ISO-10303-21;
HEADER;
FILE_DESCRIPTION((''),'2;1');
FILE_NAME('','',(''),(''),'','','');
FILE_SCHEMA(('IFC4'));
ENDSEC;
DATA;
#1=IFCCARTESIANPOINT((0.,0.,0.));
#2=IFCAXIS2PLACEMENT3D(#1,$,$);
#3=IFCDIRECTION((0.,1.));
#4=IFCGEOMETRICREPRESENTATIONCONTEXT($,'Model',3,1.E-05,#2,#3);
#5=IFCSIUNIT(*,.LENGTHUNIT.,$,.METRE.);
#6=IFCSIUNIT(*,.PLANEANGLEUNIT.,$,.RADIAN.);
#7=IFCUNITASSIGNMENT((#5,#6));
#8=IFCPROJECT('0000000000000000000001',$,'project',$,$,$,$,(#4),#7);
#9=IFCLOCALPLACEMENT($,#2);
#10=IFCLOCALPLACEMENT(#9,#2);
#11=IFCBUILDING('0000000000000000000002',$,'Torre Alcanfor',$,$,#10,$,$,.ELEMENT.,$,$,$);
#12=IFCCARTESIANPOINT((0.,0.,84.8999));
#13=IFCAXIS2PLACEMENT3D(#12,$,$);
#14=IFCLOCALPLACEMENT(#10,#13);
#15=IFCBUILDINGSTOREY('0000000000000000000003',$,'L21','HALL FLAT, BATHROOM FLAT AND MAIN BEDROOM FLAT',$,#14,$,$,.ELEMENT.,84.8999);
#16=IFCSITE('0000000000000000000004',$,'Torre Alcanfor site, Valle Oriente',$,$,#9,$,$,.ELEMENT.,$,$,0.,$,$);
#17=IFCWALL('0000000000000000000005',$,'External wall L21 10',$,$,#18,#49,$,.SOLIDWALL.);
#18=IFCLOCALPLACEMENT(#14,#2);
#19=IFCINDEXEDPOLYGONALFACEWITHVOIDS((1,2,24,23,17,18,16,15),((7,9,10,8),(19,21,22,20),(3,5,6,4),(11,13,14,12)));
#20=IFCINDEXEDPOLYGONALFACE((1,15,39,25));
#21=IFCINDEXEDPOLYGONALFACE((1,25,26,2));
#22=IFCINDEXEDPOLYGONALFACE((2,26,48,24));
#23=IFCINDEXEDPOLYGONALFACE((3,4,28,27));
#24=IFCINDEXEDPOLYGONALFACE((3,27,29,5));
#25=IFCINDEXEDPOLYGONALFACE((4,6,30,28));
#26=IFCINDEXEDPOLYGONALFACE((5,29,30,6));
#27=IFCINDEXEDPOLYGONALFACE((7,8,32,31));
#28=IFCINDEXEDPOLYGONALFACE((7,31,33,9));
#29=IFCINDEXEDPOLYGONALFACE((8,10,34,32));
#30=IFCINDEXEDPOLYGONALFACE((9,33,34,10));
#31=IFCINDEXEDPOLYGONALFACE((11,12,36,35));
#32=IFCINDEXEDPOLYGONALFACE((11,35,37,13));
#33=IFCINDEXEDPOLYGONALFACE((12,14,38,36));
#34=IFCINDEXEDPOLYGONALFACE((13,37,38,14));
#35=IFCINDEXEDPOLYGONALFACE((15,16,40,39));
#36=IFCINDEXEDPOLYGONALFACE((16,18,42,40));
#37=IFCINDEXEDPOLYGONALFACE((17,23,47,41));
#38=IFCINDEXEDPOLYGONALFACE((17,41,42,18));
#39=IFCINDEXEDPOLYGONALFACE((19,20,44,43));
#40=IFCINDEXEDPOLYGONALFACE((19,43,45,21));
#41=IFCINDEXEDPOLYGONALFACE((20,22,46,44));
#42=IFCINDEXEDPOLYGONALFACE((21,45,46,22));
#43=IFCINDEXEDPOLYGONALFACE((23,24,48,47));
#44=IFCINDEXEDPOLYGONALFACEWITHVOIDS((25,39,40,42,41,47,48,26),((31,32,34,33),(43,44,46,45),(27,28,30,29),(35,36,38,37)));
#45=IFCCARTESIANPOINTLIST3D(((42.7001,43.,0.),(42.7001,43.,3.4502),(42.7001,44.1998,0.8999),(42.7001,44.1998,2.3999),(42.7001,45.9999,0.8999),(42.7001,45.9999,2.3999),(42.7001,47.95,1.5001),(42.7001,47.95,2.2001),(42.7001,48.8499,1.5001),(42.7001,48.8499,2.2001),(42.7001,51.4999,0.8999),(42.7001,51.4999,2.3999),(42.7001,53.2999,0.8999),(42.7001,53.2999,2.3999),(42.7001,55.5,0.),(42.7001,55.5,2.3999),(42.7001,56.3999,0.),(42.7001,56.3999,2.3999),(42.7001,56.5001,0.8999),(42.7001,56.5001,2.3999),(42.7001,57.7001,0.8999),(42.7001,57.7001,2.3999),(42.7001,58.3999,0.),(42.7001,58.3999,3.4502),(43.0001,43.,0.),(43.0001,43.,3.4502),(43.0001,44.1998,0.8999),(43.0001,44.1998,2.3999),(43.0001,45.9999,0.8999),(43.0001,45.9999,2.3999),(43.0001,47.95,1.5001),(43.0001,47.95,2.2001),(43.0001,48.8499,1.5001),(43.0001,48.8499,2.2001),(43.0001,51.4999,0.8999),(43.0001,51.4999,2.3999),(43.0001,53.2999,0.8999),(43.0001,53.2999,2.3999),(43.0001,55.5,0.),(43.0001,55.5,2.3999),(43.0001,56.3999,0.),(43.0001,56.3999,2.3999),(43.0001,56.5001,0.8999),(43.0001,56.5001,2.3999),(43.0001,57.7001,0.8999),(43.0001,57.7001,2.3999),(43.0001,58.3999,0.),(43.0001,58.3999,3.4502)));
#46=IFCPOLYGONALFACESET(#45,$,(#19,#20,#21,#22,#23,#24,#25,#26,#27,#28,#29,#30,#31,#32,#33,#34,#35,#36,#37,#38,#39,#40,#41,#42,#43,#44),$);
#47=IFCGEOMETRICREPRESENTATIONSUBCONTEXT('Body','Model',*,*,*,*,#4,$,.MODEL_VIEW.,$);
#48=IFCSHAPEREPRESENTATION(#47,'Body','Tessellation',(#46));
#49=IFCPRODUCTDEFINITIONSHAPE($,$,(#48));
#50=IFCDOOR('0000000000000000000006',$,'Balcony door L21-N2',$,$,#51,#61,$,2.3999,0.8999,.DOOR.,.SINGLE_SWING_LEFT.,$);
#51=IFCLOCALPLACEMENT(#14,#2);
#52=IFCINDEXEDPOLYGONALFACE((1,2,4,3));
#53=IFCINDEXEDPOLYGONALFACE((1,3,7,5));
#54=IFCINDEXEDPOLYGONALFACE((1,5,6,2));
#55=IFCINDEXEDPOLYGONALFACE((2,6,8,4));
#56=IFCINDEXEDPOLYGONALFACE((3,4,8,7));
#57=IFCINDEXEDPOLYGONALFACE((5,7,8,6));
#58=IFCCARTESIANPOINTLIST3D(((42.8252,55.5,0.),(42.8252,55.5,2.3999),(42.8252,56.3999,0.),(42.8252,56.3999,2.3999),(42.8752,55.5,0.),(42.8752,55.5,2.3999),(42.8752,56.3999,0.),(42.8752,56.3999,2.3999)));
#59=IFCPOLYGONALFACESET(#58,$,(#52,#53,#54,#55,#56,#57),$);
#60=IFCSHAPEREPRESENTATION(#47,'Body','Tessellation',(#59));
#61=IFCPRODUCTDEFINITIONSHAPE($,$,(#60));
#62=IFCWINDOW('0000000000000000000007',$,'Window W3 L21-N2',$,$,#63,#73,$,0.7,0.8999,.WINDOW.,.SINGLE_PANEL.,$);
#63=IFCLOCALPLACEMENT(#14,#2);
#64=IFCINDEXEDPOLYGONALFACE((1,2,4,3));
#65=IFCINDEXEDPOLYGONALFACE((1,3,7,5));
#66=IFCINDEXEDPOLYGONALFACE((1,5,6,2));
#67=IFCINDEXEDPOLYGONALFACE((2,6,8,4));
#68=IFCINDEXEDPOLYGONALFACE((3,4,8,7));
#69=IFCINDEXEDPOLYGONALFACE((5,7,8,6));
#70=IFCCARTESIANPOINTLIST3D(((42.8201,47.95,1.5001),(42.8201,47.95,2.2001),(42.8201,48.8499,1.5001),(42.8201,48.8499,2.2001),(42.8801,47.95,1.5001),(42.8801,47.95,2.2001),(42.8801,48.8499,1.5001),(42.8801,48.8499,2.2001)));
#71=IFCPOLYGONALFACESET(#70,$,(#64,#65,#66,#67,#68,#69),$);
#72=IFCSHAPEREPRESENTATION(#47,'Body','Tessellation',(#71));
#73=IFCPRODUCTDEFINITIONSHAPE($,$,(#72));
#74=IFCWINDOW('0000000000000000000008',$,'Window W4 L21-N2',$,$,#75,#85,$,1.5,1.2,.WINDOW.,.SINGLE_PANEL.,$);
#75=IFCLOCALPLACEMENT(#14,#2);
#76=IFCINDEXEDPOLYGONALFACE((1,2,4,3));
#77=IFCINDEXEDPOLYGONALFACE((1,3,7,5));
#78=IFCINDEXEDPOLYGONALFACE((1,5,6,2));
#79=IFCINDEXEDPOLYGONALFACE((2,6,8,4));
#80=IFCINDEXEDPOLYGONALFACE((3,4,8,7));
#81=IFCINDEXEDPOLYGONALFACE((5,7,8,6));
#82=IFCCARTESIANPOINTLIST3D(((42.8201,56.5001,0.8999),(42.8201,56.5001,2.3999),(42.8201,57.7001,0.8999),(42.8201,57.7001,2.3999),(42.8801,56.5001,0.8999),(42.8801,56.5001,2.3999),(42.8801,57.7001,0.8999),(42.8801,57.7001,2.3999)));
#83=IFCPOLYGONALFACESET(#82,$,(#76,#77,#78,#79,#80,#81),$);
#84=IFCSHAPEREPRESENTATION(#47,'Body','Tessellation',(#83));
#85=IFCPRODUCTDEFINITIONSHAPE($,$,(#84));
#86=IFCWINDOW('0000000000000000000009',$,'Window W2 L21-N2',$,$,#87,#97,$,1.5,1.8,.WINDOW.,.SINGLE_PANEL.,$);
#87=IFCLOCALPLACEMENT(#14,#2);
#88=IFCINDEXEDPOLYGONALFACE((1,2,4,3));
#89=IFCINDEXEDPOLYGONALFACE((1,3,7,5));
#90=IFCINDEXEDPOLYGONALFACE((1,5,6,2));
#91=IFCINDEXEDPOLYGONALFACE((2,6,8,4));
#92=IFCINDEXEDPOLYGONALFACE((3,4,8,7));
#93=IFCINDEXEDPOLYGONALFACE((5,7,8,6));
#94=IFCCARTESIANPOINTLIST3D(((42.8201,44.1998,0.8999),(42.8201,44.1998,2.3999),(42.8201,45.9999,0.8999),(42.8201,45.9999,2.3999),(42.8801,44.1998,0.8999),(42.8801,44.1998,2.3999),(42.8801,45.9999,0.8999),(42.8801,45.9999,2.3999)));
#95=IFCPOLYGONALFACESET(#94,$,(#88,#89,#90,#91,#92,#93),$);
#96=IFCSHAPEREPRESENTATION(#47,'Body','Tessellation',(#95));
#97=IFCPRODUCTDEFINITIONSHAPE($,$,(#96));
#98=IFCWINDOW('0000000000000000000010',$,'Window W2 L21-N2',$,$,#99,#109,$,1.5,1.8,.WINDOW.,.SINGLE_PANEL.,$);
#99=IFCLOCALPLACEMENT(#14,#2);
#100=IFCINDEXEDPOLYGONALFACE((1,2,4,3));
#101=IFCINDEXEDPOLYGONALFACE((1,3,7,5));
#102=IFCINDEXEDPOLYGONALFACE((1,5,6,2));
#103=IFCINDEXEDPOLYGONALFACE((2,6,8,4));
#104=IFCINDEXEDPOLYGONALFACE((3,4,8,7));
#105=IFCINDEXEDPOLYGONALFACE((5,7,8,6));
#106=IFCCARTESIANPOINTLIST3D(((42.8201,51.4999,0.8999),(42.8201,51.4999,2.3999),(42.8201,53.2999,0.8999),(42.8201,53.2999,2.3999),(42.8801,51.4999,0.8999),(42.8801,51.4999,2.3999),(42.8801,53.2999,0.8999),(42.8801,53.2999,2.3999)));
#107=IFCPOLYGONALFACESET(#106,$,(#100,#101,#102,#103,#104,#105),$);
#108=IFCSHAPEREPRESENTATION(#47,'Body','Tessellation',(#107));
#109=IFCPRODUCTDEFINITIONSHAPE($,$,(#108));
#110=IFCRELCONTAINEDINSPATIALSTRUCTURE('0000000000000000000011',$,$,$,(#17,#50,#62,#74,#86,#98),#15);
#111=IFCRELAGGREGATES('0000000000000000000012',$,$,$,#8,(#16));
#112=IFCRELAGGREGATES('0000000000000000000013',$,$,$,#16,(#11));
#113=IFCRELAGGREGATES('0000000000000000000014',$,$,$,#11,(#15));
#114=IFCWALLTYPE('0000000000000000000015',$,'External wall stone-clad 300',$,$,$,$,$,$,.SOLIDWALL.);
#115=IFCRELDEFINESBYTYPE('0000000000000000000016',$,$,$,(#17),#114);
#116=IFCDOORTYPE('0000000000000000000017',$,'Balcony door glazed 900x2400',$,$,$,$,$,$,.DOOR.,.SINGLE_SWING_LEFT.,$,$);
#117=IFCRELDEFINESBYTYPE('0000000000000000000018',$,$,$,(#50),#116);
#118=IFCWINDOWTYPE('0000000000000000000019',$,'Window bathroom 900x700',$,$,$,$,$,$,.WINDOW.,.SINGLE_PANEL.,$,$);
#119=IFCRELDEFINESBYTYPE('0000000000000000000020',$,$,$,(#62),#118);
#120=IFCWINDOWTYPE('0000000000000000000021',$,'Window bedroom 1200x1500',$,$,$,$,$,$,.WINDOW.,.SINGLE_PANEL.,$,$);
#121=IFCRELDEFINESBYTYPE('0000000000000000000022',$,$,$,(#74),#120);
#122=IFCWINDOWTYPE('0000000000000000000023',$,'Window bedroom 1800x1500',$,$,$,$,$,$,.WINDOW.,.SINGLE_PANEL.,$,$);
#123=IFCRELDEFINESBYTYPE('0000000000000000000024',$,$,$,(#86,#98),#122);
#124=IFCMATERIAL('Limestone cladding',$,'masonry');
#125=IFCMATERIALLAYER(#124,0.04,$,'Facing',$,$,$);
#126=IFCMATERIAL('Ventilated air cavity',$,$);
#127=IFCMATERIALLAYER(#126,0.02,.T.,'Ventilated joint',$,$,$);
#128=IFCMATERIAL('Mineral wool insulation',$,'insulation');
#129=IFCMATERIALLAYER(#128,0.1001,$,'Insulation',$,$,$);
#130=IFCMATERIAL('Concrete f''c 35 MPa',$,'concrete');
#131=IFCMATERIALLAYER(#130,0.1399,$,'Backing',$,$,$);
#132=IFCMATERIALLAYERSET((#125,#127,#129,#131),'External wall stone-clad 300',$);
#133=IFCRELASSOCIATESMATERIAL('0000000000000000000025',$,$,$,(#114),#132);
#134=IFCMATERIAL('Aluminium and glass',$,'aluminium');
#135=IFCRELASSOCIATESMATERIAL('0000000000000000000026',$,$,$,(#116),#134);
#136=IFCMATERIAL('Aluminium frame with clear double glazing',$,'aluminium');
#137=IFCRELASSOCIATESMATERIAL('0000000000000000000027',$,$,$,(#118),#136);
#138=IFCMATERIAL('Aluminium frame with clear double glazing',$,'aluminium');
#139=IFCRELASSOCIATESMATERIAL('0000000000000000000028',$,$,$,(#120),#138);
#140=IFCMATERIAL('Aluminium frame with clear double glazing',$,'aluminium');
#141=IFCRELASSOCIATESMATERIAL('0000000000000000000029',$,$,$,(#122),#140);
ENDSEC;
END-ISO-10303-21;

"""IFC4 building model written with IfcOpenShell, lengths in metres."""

from ifc_helpers import new_model, si_unit, direction, frame, frame_2d, origin, place, context, subcontext, project, spatial, rectangle, extrude, material, layer, layer_set, type_object, element, fill, save


model = new_model("IFC4")

# Units and contexts
model_context = context("Model", 3, precision=1e-05, world=origin(), true_north=direction((0.0, 1.0)))
body_context = subcontext(model_context, "Body", "Model", "MODEL_VIEW")
ifc_project = project(units=[si_unit("LENGTHUNIT", "METRE"), si_unit("PLANEANGLEUNIT", "RADIAN")], contexts=[model_context])

# Site, building, storey
site_placement = place(None, origin())
site = spatial("IfcSite", under=ifc_project, at=site_placement, Name="Torre Alcanfor site, Valle Oriente", CompositionType="ELEMENT", RefElevation=0.0)
building_placement = place(site_placement, origin())
building = spatial("IfcBuilding", under=site, at=building_placement, Name="Torre Alcanfor", CompositionType="ELEMENT")
storey_placement = place(building_placement, frame((0.0, 0.0, 84.8999)))
storey = spatial("IfcBuildingStorey", under=building, at=storey_placement, Name="L21", Description="HALL FLAT, BATHROOM FLAT AND MAIN BEDROOM FLAT", CompositionType="ELEMENT", Elevation=84.8999)

# Wall, openings, door, windows
ifc_material_1 = material(Name="Limestone cladding", Category="masonry")
ifc_layer_1 = layer(ifc_material_1, 0.04, Name="Facing")
ifc_material_2 = material(Name="Ventilated air cavity")
ifc_layer_2 = layer(ifc_material_2, 0.02, ventilated=True, Name="Ventilated joint")
ifc_material_3 = material(Name="Mineral wool insulation", Category="insulation")
ifc_layer_3 = layer(ifc_material_3, 0.1001, Name="Insulation")
ifc_material_4 = material(Name="Concrete f'c 35 MPa", Category="concrete")
ifc_layer_4 = layer(ifc_material_4, 0.1399, Name="Backing")
ifc_layer_set_1 = layer_set([ifc_layer_1, ifc_layer_2, ifc_layer_3, ifc_layer_4], Name="External wall stone-clad 300")
wall_type_1 = type_object("IfcWallType", Name="External wall stone-clad 300", PredefinedType="SOLIDWALL", material=ifc_layer_set_1)
ifc_material_5 = material(Name="Aluminium and glass", Category="aluminium")
door_type = type_object("IfcDoorType", Name="Balcony door glazed 900x2400", OperationType="SINGLE_SWING_LEFT", PredefinedType="DOOR", material=ifc_material_5)
ifc_material_6 = material(Name="Aluminium frame with clear double glazing", Category="aluminium")
window_type_1 = type_object("IfcWindowType", Name="Window bathroom 900x700", PartitioningType="SINGLE_PANEL", PredefinedType="WINDOW", material=ifc_material_6)
ifc_material_7 = material(Name="Aluminium frame with clear double glazing", Category="aluminium")
window_type_2 = type_object("IfcWindowType", Name="Window bedroom 1200x1500", PartitioningType="SINGLE_PANEL", PredefinedType="WINDOW", material=ifc_material_7)
ifc_material_8 = material(Name="Aluminium frame with clear double glazing", Category="aluminium")
window_type_3 = type_object("IfcWindowType", Name="Window bedroom 1800x1500", PartitioningType="SINGLE_PANEL", PredefinedType="WINDOW", material=ifc_material_8)
wall_1_placement = place(storey_placement, frame((42.8501, 43.0, 0.0), z_axis=(0.0, 0.0, 1.0), x_axis=(0.0, 1.0, 0.0)))
wall_1 = element("IfcWall", 1, at=wall_1_placement, inside=storey, type_object=wall_type_1, Name="External wall L21 10", PredefinedType="SOLIDWALL", context=body_context, shape_type="SweptSolid", body=[
    extrude(rectangle(XDim=15.3999, YDim=0.3, at=frame_2d((7.7, 0.0))), origin(), (0.0, 0.0, 1.0), 3.4502),
])
opening_1_placement = place(wall_1_placement, frame((1.2, 0.0, 0.8999)))
opening_1 = element("IfcOpeningElement", 2, at=opening_1_placement, cuts=wall_1, PredefinedType="OPENING", context=body_context, shape_type="SweptSolid", body=[
    extrude(rectangle(XDim=1.8, YDim=1.5, at=frame_2d((0.8999, 0.75))), frame((0.0, 0.1599, 0.0), z_axis=(0.0, -1.0, 0.0), x_axis=(1.0, 0.0, 0.0)), (0.0, 0.0, 1.0), 0.3201),
])
opening_2_placement = place(wall_1_placement, frame((4.95, 0.0, 1.5)))
opening_2 = element("IfcOpeningElement", 3, at=opening_2_placement, cuts=wall_1, PredefinedType="OPENING", context=body_context, shape_type="SweptSolid", body=[
    extrude(rectangle(XDim=0.8999, YDim=0.7, at=frame_2d((0.45, 0.3501))), frame((0.0, 0.1599, 0.0), z_axis=(0.0, -1.0, 0.0), x_axis=(1.0, 0.0, 0.0)), (0.0, 0.0, 1.0), 0.3201),
])
opening_3_placement = place(wall_1_placement, frame((8.5, 0.0, 0.8999)))
opening_3 = element("IfcOpeningElement", 4, at=opening_3_placement, cuts=wall_1, PredefinedType="OPENING", context=body_context, shape_type="SweptSolid", body=[
    extrude(rectangle(XDim=1.8, YDim=1.5, at=frame_2d((0.8999, 0.75))), frame((0.0, 0.1599, 0.0), z_axis=(0.0, -1.0, 0.0), x_axis=(1.0, 0.0, 0.0)), (0.0, 0.0, 1.0), 0.3201),
])
opening_4_placement = place(wall_1_placement, frame((12.5, 0.0, 0.0)))
opening_4 = element("IfcOpeningElement", 5, at=opening_4_placement, cuts=wall_1, PredefinedType="OPENING", context=body_context, shape_type="SweptSolid", body=[
    extrude(rectangle(XDim=0.8999, YDim=2.3999, at=frame_2d((0.45, 1.2))), frame((0.0, 0.1599, 0.0), z_axis=(0.0, -1.0, 0.0), x_axis=(1.0, 0.0, 0.0)), (0.0, 0.0, 1.0), 0.3201),
])
opening_5_placement = place(wall_1_placement, frame((13.5, 0.0, 0.8999)))
opening_5 = element("IfcOpeningElement", 6, at=opening_5_placement, cuts=wall_1, PredefinedType="OPENING", context=body_context, shape_type="SweptSolid", body=[
    extrude(rectangle(XDim=1.2, YDim=1.5, at=frame_2d((0.6001, 0.75))), frame((0.0, 0.1599, 0.0), z_axis=(0.0, -1.0, 0.0), x_axis=(1.0, 0.0, 0.0)), (0.0, 0.0, 1.0), 0.3201),
])
door_1_placement = place(opening_4_placement, origin())
door_1 = element("IfcDoor", 7, at=door_1_placement, inside=storey, type_object=door_type, Name="Balcony door L21-N2", OperationType="SINGLE_SWING_LEFT", OverallHeight=2.3999, OverallWidth=0.8999, PredefinedType="DOOR", context=body_context, shape_type="SweptSolid", body=[
    extrude(rectangle(XDim=0.8999, YDim=2.3999, at=frame_2d((0.45, 1.2))), frame((0.0, 0.0249, 0.0), z_axis=(0.0, -1.0, 0.0), x_axis=(1.0, 0.0, 0.0)), (0.0, 0.0, 1.0), 0.05),
])
fill(opening_4, door_1)
window_1_placement = place(opening_2_placement, origin())
window_1 = element("IfcWindow", 8, at=window_1_placement, inside=storey, type_object=window_type_1, Name="Window W3 L21-N2", OverallHeight=0.7, OverallWidth=0.8999, PartitioningType="SINGLE_PANEL", PredefinedType="WINDOW", context=body_context, shape_type="SweptSolid", body=[
    extrude(rectangle(XDim=0.8999, YDim=0.7, at=frame_2d((0.45, 0.3501))), frame((0.0, 0.03, 0.0), z_axis=(0.0, -1.0, 0.0), x_axis=(1.0, 0.0, 0.0)), (0.0, 0.0, 1.0), 0.0601),
])
fill(opening_2, window_1)
window_2_placement = place(opening_5_placement, origin())
window_2 = element("IfcWindow", 9, at=window_2_placement, inside=storey, type_object=window_type_2, Name="Window W4 L21-N2", OverallHeight=1.5, OverallWidth=1.2, PartitioningType="SINGLE_PANEL", PredefinedType="WINDOW", context=body_context, shape_type="SweptSolid", body=[
    extrude(rectangle(XDim=1.2, YDim=1.5, at=frame_2d((0.6001, 0.75))), frame((0.0, 0.03, 0.0), z_axis=(0.0, -1.0, 0.0), x_axis=(1.0, 0.0, 0.0)), (0.0, 0.0, 1.0), 0.0601),
])
fill(opening_5, window_2)
window_3_placement = place(opening_1_placement, origin())
window_3 = element("IfcWindow", 10, at=window_3_placement, inside=storey, type_object=window_type_3, Name="Window W2 L21-N2", OverallHeight=1.5, OverallWidth=1.8, PartitioningType="SINGLE_PANEL", PredefinedType="WINDOW", context=body_context, shape_type="SweptSolid", body=[
    extrude(rectangle(XDim=1.8, YDim=1.5, at=frame_2d((0.8999, 0.75))), frame((0.0, 0.03, 0.0), z_axis=(0.0, -1.0, 0.0), x_axis=(1.0, 0.0, 0.0)), (0.0, 0.0, 1.0), 0.0601),
])
fill(opening_1, window_3)
window_4_placement = place(opening_3_placement, origin())
window_4 = element("IfcWindow", 11, at=window_4_placement, inside=storey, type_object=window_type_3, Name="Window W2 L21-N2", OverallHeight=1.5, OverallWidth=1.8, PartitioningType="SINGLE_PANEL", PredefinedType="WINDOW", context=body_context, shape_type="SweptSolid", body=[
    extrude(rectangle(XDim=1.8, YDim=1.5, at=frame_2d((0.8999, 0.75))), frame((0.0, 0.03, 0.0), z_axis=(0.0, -1.0, 0.0), x_axis=(1.0, 0.0, 0.0)), (0.0, 0.0, 1.0), 0.0601),
])
fill(opening_3, window_4)

save(model, "model.ifc")
